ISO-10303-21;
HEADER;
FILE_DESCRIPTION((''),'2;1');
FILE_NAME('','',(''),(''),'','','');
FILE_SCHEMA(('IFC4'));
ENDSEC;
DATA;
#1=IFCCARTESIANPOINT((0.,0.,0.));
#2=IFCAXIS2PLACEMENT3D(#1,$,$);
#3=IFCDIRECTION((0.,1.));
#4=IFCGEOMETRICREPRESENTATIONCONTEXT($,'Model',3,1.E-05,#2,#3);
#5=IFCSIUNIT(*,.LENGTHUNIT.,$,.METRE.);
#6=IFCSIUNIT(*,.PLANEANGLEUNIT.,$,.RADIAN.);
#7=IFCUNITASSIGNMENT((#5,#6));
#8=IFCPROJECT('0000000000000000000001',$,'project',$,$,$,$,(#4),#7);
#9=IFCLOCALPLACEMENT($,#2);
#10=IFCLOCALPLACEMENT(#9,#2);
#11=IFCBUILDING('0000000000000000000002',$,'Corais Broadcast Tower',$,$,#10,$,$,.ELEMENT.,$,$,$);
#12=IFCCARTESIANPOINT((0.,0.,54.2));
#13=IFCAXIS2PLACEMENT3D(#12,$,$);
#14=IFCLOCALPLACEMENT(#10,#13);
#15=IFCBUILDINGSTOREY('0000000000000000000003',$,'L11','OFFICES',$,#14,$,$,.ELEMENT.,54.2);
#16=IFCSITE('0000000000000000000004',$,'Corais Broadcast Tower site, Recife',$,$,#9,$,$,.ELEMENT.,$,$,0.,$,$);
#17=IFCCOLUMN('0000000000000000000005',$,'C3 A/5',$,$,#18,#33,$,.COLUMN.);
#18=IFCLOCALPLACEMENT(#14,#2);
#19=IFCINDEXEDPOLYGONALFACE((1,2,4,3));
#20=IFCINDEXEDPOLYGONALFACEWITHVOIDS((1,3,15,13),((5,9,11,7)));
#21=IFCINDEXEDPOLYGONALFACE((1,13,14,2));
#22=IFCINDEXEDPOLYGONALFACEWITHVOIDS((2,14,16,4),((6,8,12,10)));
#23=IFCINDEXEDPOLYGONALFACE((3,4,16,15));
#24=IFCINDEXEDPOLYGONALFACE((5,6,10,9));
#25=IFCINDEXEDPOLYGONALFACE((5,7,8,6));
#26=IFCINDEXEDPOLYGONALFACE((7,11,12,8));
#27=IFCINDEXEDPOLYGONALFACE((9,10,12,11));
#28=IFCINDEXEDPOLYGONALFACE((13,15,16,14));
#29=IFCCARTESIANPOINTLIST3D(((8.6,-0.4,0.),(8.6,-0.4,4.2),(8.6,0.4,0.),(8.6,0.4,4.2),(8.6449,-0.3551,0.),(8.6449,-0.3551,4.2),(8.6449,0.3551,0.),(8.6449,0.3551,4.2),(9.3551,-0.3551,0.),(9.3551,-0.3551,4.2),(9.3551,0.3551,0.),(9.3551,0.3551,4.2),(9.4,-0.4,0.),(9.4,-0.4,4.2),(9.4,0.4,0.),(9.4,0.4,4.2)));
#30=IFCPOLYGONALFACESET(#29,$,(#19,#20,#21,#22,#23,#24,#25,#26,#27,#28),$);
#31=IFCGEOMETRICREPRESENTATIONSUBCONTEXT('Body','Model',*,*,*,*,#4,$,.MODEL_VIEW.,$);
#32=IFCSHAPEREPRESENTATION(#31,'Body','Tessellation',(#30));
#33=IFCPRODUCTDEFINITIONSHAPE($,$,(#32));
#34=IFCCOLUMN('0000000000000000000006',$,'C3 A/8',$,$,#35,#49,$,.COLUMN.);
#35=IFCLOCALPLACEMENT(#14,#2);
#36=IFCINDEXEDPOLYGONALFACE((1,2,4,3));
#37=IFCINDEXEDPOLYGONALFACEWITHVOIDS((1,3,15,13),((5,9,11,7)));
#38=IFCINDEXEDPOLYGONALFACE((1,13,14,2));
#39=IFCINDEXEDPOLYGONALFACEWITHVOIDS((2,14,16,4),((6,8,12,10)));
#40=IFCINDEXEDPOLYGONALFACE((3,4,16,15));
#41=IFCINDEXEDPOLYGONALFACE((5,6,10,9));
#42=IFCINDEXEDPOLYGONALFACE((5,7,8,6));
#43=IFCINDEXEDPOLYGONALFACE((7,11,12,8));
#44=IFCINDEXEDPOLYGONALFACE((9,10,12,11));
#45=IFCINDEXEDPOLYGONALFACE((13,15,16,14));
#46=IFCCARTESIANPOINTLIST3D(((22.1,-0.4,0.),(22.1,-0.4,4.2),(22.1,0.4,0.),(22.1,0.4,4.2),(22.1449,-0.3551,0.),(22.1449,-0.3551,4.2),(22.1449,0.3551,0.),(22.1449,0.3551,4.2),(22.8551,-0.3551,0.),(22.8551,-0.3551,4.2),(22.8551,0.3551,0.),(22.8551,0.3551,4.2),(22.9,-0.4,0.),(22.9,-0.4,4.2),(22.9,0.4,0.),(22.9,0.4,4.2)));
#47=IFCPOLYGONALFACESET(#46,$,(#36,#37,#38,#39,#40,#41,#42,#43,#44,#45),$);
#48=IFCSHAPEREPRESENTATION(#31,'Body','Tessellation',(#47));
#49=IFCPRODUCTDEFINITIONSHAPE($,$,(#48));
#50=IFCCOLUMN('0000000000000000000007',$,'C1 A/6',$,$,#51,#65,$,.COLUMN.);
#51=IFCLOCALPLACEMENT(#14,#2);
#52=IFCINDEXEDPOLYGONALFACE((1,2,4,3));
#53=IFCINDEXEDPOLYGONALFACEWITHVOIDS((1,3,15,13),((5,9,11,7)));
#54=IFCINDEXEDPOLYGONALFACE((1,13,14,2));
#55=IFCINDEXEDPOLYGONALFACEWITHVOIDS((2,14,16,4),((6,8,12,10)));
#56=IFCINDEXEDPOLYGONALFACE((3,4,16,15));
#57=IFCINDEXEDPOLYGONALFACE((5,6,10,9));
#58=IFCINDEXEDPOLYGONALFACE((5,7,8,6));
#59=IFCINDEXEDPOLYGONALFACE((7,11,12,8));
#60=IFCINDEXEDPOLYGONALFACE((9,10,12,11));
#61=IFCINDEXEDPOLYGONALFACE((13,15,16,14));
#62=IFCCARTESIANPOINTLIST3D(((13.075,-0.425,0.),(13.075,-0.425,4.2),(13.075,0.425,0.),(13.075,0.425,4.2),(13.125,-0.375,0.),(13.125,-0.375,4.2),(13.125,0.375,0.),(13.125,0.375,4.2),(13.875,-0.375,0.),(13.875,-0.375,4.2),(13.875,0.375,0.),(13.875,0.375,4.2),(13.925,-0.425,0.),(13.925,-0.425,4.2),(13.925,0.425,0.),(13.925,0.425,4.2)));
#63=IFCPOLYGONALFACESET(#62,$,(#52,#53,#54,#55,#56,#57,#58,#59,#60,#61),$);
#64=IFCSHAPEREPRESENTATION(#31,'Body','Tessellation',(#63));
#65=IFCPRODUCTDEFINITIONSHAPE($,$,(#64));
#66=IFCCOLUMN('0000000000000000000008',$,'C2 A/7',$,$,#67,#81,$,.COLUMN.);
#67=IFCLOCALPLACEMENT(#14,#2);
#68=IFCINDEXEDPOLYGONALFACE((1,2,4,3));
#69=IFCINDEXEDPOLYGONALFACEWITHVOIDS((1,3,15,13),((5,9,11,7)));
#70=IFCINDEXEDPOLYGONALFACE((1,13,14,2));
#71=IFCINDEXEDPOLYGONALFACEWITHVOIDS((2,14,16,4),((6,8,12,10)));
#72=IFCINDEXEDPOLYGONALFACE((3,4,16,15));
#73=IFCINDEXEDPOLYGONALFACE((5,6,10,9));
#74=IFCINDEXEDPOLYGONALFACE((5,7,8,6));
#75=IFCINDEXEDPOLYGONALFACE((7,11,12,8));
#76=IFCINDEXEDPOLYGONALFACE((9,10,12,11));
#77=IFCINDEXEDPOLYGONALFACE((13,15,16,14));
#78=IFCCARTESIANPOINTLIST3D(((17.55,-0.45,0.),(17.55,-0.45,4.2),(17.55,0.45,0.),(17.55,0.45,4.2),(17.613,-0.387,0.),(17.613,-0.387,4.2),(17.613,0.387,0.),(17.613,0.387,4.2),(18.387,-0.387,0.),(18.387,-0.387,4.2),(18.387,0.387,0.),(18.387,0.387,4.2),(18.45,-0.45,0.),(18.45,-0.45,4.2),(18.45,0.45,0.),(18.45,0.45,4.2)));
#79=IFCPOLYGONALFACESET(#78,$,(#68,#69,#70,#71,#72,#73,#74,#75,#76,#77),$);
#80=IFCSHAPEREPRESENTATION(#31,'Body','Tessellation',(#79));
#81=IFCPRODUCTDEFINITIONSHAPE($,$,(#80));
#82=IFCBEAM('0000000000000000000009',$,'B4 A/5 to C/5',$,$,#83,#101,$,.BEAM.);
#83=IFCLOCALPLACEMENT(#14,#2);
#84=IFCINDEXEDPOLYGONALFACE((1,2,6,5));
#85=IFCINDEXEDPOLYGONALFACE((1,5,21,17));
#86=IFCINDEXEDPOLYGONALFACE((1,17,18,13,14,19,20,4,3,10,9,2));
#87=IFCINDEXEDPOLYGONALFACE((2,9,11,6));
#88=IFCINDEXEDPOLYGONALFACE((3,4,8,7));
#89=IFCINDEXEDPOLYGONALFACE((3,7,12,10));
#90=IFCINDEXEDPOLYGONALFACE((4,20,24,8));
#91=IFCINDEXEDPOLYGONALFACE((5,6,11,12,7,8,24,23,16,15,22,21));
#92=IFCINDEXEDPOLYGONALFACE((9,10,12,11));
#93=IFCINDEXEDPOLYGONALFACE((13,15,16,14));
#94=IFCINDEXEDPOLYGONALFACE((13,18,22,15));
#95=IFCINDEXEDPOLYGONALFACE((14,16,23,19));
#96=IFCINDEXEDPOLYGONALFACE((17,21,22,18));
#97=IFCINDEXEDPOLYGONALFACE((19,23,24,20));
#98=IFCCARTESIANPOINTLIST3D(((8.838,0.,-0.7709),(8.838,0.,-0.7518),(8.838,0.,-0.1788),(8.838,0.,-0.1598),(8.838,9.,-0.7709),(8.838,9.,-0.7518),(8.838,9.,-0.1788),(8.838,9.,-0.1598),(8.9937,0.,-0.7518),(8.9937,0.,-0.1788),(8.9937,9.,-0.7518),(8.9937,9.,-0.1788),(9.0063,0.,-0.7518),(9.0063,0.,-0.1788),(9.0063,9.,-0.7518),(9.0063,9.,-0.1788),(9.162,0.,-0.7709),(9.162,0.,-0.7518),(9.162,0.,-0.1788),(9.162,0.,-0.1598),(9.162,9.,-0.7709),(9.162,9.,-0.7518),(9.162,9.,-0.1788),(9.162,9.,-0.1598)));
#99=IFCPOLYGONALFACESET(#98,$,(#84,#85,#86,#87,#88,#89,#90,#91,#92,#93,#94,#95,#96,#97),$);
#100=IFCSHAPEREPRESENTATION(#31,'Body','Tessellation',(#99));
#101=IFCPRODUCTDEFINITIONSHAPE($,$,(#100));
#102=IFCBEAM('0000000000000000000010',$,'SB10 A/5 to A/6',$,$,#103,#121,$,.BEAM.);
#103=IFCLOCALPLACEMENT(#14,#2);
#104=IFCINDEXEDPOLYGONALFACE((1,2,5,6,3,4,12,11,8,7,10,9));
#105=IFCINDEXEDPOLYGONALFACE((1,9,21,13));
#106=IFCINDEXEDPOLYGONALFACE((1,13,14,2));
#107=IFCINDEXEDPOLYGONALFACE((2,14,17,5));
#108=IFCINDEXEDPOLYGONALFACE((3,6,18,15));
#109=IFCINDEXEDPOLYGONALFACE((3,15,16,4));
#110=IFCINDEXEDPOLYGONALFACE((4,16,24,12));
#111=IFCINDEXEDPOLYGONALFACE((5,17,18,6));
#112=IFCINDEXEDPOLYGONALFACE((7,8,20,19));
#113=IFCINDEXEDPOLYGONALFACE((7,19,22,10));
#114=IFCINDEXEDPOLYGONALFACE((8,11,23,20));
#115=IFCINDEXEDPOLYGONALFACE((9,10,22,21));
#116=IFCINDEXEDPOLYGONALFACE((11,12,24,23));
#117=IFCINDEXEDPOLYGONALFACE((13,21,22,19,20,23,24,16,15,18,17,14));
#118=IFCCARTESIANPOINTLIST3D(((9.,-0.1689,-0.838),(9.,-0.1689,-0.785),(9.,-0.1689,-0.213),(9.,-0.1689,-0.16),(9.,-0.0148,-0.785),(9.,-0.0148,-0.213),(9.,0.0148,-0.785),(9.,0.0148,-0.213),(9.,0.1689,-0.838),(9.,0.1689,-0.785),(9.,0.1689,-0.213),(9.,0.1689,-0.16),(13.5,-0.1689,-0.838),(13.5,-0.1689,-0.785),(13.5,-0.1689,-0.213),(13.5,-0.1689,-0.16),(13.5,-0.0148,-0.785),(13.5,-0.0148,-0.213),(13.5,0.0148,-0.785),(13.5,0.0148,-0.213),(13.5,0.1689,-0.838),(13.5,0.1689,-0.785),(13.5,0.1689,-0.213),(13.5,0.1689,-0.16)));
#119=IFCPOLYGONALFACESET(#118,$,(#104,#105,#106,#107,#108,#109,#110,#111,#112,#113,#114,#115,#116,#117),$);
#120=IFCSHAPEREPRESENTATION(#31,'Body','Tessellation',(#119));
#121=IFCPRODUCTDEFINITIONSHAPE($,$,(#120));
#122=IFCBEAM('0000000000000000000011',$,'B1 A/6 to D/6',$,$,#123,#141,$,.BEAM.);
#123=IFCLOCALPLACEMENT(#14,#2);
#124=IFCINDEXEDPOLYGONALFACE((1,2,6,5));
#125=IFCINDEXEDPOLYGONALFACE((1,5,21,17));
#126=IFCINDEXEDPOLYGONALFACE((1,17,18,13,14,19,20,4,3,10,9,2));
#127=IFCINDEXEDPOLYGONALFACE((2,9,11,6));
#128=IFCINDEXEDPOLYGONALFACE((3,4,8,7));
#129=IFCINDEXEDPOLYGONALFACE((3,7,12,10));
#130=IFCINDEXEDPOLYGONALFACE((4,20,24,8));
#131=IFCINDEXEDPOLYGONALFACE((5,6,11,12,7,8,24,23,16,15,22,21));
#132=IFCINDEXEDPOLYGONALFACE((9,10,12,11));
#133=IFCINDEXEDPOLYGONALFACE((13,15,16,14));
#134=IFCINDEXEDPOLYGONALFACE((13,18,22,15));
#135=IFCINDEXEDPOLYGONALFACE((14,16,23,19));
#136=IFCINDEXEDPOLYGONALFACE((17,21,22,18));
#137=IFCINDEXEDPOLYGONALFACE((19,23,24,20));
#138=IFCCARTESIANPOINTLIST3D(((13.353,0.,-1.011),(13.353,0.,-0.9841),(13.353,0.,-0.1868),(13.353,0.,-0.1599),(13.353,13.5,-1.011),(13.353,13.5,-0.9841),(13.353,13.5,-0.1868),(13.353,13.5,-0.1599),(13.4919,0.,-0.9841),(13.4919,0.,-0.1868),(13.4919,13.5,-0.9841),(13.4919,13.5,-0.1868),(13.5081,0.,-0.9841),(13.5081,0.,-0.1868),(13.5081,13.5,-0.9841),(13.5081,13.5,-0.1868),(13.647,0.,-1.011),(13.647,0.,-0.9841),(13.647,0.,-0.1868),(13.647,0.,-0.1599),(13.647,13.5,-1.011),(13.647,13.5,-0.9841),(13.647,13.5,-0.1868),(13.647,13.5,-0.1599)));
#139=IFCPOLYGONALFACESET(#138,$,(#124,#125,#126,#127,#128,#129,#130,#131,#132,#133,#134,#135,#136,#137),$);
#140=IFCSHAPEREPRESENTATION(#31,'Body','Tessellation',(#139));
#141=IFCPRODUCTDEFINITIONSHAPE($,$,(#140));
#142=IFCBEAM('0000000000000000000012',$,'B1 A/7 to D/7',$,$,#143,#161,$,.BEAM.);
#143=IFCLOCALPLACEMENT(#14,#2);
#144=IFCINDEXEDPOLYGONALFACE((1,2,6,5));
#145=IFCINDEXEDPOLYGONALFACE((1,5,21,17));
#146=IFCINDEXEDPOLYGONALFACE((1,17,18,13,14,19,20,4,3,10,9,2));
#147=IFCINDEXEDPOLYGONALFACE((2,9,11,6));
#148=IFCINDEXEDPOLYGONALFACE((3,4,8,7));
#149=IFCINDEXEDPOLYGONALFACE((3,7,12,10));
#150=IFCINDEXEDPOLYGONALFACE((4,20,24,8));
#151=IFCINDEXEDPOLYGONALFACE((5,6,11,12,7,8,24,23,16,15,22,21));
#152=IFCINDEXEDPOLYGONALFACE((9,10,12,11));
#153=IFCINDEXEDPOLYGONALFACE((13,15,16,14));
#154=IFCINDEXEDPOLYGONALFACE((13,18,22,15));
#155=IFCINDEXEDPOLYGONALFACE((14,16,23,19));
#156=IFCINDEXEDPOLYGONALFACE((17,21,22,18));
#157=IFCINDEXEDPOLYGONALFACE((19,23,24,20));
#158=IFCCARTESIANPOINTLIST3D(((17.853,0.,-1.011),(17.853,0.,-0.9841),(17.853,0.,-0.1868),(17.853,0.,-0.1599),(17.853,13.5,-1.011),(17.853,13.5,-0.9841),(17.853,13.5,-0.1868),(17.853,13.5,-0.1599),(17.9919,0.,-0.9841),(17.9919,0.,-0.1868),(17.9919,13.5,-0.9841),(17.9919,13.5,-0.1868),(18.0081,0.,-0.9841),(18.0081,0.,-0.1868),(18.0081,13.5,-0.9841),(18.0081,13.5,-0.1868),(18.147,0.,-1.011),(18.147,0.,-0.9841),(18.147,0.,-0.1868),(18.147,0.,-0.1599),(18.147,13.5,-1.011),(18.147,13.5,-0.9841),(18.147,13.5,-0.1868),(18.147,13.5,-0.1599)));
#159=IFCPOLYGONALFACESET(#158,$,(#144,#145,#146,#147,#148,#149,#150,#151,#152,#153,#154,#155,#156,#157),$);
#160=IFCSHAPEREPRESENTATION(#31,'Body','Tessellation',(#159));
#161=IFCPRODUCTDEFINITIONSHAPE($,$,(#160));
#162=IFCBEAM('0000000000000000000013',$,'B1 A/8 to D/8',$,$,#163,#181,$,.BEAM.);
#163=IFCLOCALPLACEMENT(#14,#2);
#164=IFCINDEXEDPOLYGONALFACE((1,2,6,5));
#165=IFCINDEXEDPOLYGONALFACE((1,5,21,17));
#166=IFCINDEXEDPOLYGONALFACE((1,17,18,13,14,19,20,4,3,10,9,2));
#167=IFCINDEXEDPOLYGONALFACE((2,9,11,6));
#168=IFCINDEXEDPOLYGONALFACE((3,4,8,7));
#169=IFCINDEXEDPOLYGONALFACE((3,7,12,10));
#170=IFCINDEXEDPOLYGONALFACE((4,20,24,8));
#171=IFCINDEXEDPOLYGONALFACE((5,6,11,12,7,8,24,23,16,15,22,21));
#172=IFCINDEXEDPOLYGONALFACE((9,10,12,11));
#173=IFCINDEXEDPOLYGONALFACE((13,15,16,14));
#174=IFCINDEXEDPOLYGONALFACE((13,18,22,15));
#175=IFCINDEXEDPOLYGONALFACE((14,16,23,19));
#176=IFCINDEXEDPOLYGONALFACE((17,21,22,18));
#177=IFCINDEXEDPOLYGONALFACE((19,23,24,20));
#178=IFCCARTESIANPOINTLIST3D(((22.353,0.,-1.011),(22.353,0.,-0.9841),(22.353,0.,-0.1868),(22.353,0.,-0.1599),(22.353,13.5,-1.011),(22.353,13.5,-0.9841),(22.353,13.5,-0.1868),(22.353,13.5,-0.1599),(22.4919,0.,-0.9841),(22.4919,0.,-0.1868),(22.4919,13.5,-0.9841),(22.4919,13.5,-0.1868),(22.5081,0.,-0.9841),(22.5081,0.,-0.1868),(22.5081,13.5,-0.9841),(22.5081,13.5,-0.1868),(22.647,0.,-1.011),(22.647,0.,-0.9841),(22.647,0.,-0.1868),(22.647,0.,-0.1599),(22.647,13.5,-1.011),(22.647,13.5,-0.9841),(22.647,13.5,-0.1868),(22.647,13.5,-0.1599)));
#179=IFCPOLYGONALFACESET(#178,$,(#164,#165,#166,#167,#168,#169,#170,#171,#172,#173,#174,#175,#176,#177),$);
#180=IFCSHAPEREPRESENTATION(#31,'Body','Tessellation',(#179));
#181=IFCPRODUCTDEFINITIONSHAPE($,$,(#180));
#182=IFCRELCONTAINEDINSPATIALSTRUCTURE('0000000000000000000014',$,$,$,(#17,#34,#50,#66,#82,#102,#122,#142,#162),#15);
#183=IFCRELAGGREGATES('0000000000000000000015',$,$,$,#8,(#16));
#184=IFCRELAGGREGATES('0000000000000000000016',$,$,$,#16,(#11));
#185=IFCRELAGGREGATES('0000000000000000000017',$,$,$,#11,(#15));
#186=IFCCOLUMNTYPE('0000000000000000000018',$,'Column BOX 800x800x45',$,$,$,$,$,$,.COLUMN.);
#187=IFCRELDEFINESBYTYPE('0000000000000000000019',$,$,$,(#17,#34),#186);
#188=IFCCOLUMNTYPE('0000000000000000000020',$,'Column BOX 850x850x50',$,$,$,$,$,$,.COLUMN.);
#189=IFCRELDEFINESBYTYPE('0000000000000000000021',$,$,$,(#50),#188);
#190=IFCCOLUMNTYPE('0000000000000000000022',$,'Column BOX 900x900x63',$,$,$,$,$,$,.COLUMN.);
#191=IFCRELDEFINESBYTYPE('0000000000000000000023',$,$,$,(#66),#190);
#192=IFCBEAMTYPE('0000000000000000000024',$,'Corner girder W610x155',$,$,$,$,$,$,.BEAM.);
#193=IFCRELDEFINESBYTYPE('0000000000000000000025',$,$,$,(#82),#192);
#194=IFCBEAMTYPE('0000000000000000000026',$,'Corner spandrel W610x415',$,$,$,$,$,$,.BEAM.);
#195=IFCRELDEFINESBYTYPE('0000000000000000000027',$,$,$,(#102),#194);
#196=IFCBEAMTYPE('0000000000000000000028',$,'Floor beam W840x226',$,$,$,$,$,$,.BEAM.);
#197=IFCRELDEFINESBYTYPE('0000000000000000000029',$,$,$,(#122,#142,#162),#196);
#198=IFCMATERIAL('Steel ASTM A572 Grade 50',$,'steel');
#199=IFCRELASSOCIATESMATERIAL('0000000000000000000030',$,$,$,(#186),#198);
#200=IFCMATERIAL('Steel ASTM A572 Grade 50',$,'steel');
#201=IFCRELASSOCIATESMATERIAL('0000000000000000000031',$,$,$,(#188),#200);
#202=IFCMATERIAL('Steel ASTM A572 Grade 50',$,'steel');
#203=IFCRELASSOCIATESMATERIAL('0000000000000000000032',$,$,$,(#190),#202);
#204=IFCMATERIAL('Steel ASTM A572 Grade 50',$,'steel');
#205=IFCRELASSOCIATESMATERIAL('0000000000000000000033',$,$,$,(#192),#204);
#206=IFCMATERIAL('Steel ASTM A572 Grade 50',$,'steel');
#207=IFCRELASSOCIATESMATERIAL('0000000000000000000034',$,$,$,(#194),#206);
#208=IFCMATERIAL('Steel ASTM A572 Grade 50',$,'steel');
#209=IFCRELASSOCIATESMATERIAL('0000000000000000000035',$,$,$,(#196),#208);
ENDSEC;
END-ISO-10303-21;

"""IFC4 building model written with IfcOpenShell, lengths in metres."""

from ifc_helpers import new_model, si_unit, direction, frame, origin, origin_2d, place, context, subcontext, project, spatial, hollow_rectangle, i_section, extrude, material, material_profile, profile_set, type_object, element, save


model = new_model("IFC4")

# Units and contexts
model_context = context("Model", 3, precision=1e-05, world=origin(), true_north=direction((0.0, 1.0)))
body_context = subcontext(model_context, "Body", "Model", "MODEL_VIEW")
ifc_project = project(units=[si_unit("LENGTHUNIT", "METRE"), si_unit("PLANEANGLEUNIT", "RADIAN")], contexts=[model_context])

# Site, building, storey
site_placement = place(None, origin())
site = spatial("IfcSite", under=ifc_project, at=site_placement, Name="Corais Broadcast Tower site, Recife", CompositionType="ELEMENT", RefElevation=0.0)
building_placement = place(site_placement, origin())
building = spatial("IfcBuilding", under=site, at=building_placement, Name="Corais Broadcast Tower", CompositionType="ELEMENT")
storey_placement = place(building_placement, frame((0.0, 0.0, 54.2)))
storey = spatial("IfcBuildingStorey", under=building, at=storey_placement, Name="L11", Description="OFFICES", CompositionType="ELEMENT", Elevation=54.2)

# Columns
ifc_material_1 = material(Name="Steel ASTM A572 Grade 50", Category="steel")
ifc_material_profile_1 = material_profile(ifc_material_1, hollow_rectangle(XDim=0.8, YDim=0.8, WallThickness=0.0449, at=origin_2d()), Name="BOX 800x800x45")
ifc_profile_set_1 = profile_set([ifc_material_profile_1], Name="Steel ASTM A572 Grade 50")
column_type_1 = type_object("IfcColumnType", Name="Column BOX 800x800x45", PredefinedType="COLUMN", material=ifc_profile_set_1)
for number, where, z_axis, x_axis, name in (
    (1, (9.0, 0.0, 0.0), (0.0, 0.0, 1.0), (1.0, 0.0, 0.0), "C3 A/5"),
    (2, (22.5, 0.0, 0.0), (0.0, 0.0, 1.0), (1.0, 0.0, 0.0), "C3 A/8"),
):
    element("IfcColumn", number, at=place(storey_placement, frame(where, z_axis=z_axis, x_axis=x_axis)), inside=storey, type_object=column_type_1, Name=name, PredefinedType="COLUMN", context=body_context, shape_type="SweptSolid", body=[
        extrude(hollow_rectangle(XDim=0.8, YDim=0.8, WallThickness=0.0449, at=origin_2d()), origin(), (0.0, 0.0, 1.0), 4.2),
    ])
ifc_material_2 = material(Name="Steel ASTM A572 Grade 50", Category="steel")
ifc_material_profile_2 = material_profile(ifc_material_2, hollow_rectangle(XDim=0.8501, YDim=0.8501, WallThickness=0.05, at=origin_2d()), Name="BOX 850x850x50")
ifc_profile_set_2 = profile_set([ifc_material_profile_2], Name="Steel ASTM A572 Grade 50")
column_type_2 = type_object("IfcColumnType", Name="Column BOX 850x850x50", PredefinedType="COLUMN", material=ifc_profile_set_2)
column_1_placement = place(storey_placement, frame((13.5, 0.0, 0.0), z_axis=(0.0, 0.0, 1.0), x_axis=(1.0, 0.0, 0.0)))
element("IfcColumn", 3, at=column_1_placement, inside=storey, type_object=column_type_2, Name="C1 A/6", PredefinedType="COLUMN", context=body_context, shape_type="SweptSolid", body=[
    extrude(hollow_rectangle(XDim=0.8501, YDim=0.8501, WallThickness=0.05, at=origin_2d()), origin(), (0.0, 0.0, 1.0), 4.2),
])
ifc_material_3 = material(Name="Steel ASTM A572 Grade 50", Category="steel")
ifc_material_profile_3 = material_profile(ifc_material_3, hollow_rectangle(XDim=0.8999, YDim=0.8999, WallThickness=0.063, at=origin_2d()), Name="BOX 900x900x63")
ifc_profile_set_3 = profile_set([ifc_material_profile_3], Name="Steel ASTM A572 Grade 50")
column_type_3 = type_object("IfcColumnType", Name="Column BOX 900x900x63", PredefinedType="COLUMN", material=ifc_profile_set_3)
column_2_placement = place(storey_placement, frame((18.0, 0.0, 0.0), z_axis=(0.0, 0.0, 1.0), x_axis=(1.0, 0.0, 0.0)))
element("IfcColumn", 4, at=column_2_placement, inside=storey, type_object=column_type_3, Name="C2 A/7", PredefinedType="COLUMN", context=body_context, shape_type="SweptSolid", body=[
    extrude(hollow_rectangle(XDim=0.8999, YDim=0.8999, WallThickness=0.063, at=origin_2d()), origin(), (0.0, 0.0, 1.0), 4.2),
])

# Beams
ifc_material_4 = material(Name="Steel ASTM A572 Grade 50", Category="steel")
ifc_material_profile_4 = material_profile(ifc_material_4, i_section(OverallWidth=0.324, OverallDepth=0.6111, WebThickness=0.0127, FlangeThickness=0.019, at=origin_2d()), Name="W610x155")
ifc_profile_set_4 = profile_set([ifc_material_profile_4], Name="Steel ASTM A572 Grade 50")
beam_type_1 = type_object("IfcBeamType", Name="Corner girder W610x155", PredefinedType="BEAM", material=ifc_profile_set_4)
beam_1_placement = place(storey_placement, frame((9.0, 0.0, -0.4653), z_axis=(0.0, 1.0, 0.0), x_axis=(-1.0, 0.0, 0.0)))
element("IfcBeam", 5, at=beam_1_placement, inside=storey, type_object=beam_type_1, Name="B4 A/5 to C/5", PredefinedType="BEAM", context=body_context, shape_type="SweptSolid", body=[
    extrude(i_section(OverallWidth=0.324, OverallDepth=0.6111, WebThickness=0.0127, FlangeThickness=0.019, at=origin_2d()), origin(), (0.0, 0.0, 1.0), 9.0),
])
ifc_material_5 = material(Name="Steel ASTM A572 Grade 50", Category="steel")
ifc_material_profile_5 = material_profile(ifc_material_5, i_section(OverallWidth=0.3379, OverallDepth=0.678, WebThickness=0.0295, FlangeThickness=0.053, at=origin_2d()), Name="W610x415")
ifc_profile_set_5 = profile_set([ifc_material_profile_5], Name="Steel ASTM A572 Grade 50")
beam_type_2 = type_object("IfcBeamType", Name="Corner spandrel W610x415", PredefinedType="BEAM", material=ifc_profile_set_5)
beam_2_placement = place(storey_placement, frame((9.0, 0.0, -0.499), z_axis=(1.0, 0.0, 0.0), x_axis=(0.0, 1.0, 0.0)))
element("IfcBeam", 6, at=beam_2_placement, inside=storey, type_object=beam_type_2, Name="SB10 A/5 to A/6", PredefinedType="BEAM", context=body_context, shape_type="SweptSolid", body=[
    extrude(i_section(OverallWidth=0.3379, OverallDepth=0.678, WebThickness=0.0295, FlangeThickness=0.053, at=origin_2d()), origin(), (0.0, 0.0, 1.0), 4.5),
])
ifc_material_6 = material(Name="Steel ASTM A572 Grade 50", Category="steel")
ifc_material_profile_6 = material_profile(ifc_material_6, i_section(OverallWidth=0.2939, OverallDepth=0.8511, WebThickness=0.0161, FlangeThickness=0.0269, at=origin_2d()), Name="W840x226")
ifc_profile_set_6 = profile_set([ifc_material_profile_6], Name="Steel ASTM A572 Grade 50")
beam_type_3 = type_object("IfcBeamType", Name="Floor beam W840x226", PredefinedType="BEAM", material=ifc_profile_set_6)
for number, where, z_axis, x_axis, name in (
    (7, (13.5, 0.0, -0.5854), (0.0, 1.0, 0.0), (-1.0, 0.0, 0.0), "B1 A/6 to D/6"),
    (8, (18.0, 0.0, -0.5854), (0.0, 1.0, 0.0), (-1.0, 0.0, 0.0), "B1 A/7 to D/7"),
    (9, (22.5, 0.0, -0.5854), (0.0, 1.0, 0.0), (-1.0, 0.0, 0.0), "B1 A/8 to D/8"),
):
    element("IfcBeam", number, at=place(storey_placement, frame(where, z_axis=z_axis, x_axis=x_axis)), inside=storey, type_object=beam_type_3, Name=name, PredefinedType="BEAM", context=body_context, shape_type="SweptSolid", body=[
        extrude(i_section(OverallWidth=0.2939, OverallDepth=0.8511, WebThickness=0.0161, FlangeThickness=0.0269, at=origin_2d()), origin(), (0.0, 0.0, 1.0), 13.5),
    ])

save(model, "model.ifc")
